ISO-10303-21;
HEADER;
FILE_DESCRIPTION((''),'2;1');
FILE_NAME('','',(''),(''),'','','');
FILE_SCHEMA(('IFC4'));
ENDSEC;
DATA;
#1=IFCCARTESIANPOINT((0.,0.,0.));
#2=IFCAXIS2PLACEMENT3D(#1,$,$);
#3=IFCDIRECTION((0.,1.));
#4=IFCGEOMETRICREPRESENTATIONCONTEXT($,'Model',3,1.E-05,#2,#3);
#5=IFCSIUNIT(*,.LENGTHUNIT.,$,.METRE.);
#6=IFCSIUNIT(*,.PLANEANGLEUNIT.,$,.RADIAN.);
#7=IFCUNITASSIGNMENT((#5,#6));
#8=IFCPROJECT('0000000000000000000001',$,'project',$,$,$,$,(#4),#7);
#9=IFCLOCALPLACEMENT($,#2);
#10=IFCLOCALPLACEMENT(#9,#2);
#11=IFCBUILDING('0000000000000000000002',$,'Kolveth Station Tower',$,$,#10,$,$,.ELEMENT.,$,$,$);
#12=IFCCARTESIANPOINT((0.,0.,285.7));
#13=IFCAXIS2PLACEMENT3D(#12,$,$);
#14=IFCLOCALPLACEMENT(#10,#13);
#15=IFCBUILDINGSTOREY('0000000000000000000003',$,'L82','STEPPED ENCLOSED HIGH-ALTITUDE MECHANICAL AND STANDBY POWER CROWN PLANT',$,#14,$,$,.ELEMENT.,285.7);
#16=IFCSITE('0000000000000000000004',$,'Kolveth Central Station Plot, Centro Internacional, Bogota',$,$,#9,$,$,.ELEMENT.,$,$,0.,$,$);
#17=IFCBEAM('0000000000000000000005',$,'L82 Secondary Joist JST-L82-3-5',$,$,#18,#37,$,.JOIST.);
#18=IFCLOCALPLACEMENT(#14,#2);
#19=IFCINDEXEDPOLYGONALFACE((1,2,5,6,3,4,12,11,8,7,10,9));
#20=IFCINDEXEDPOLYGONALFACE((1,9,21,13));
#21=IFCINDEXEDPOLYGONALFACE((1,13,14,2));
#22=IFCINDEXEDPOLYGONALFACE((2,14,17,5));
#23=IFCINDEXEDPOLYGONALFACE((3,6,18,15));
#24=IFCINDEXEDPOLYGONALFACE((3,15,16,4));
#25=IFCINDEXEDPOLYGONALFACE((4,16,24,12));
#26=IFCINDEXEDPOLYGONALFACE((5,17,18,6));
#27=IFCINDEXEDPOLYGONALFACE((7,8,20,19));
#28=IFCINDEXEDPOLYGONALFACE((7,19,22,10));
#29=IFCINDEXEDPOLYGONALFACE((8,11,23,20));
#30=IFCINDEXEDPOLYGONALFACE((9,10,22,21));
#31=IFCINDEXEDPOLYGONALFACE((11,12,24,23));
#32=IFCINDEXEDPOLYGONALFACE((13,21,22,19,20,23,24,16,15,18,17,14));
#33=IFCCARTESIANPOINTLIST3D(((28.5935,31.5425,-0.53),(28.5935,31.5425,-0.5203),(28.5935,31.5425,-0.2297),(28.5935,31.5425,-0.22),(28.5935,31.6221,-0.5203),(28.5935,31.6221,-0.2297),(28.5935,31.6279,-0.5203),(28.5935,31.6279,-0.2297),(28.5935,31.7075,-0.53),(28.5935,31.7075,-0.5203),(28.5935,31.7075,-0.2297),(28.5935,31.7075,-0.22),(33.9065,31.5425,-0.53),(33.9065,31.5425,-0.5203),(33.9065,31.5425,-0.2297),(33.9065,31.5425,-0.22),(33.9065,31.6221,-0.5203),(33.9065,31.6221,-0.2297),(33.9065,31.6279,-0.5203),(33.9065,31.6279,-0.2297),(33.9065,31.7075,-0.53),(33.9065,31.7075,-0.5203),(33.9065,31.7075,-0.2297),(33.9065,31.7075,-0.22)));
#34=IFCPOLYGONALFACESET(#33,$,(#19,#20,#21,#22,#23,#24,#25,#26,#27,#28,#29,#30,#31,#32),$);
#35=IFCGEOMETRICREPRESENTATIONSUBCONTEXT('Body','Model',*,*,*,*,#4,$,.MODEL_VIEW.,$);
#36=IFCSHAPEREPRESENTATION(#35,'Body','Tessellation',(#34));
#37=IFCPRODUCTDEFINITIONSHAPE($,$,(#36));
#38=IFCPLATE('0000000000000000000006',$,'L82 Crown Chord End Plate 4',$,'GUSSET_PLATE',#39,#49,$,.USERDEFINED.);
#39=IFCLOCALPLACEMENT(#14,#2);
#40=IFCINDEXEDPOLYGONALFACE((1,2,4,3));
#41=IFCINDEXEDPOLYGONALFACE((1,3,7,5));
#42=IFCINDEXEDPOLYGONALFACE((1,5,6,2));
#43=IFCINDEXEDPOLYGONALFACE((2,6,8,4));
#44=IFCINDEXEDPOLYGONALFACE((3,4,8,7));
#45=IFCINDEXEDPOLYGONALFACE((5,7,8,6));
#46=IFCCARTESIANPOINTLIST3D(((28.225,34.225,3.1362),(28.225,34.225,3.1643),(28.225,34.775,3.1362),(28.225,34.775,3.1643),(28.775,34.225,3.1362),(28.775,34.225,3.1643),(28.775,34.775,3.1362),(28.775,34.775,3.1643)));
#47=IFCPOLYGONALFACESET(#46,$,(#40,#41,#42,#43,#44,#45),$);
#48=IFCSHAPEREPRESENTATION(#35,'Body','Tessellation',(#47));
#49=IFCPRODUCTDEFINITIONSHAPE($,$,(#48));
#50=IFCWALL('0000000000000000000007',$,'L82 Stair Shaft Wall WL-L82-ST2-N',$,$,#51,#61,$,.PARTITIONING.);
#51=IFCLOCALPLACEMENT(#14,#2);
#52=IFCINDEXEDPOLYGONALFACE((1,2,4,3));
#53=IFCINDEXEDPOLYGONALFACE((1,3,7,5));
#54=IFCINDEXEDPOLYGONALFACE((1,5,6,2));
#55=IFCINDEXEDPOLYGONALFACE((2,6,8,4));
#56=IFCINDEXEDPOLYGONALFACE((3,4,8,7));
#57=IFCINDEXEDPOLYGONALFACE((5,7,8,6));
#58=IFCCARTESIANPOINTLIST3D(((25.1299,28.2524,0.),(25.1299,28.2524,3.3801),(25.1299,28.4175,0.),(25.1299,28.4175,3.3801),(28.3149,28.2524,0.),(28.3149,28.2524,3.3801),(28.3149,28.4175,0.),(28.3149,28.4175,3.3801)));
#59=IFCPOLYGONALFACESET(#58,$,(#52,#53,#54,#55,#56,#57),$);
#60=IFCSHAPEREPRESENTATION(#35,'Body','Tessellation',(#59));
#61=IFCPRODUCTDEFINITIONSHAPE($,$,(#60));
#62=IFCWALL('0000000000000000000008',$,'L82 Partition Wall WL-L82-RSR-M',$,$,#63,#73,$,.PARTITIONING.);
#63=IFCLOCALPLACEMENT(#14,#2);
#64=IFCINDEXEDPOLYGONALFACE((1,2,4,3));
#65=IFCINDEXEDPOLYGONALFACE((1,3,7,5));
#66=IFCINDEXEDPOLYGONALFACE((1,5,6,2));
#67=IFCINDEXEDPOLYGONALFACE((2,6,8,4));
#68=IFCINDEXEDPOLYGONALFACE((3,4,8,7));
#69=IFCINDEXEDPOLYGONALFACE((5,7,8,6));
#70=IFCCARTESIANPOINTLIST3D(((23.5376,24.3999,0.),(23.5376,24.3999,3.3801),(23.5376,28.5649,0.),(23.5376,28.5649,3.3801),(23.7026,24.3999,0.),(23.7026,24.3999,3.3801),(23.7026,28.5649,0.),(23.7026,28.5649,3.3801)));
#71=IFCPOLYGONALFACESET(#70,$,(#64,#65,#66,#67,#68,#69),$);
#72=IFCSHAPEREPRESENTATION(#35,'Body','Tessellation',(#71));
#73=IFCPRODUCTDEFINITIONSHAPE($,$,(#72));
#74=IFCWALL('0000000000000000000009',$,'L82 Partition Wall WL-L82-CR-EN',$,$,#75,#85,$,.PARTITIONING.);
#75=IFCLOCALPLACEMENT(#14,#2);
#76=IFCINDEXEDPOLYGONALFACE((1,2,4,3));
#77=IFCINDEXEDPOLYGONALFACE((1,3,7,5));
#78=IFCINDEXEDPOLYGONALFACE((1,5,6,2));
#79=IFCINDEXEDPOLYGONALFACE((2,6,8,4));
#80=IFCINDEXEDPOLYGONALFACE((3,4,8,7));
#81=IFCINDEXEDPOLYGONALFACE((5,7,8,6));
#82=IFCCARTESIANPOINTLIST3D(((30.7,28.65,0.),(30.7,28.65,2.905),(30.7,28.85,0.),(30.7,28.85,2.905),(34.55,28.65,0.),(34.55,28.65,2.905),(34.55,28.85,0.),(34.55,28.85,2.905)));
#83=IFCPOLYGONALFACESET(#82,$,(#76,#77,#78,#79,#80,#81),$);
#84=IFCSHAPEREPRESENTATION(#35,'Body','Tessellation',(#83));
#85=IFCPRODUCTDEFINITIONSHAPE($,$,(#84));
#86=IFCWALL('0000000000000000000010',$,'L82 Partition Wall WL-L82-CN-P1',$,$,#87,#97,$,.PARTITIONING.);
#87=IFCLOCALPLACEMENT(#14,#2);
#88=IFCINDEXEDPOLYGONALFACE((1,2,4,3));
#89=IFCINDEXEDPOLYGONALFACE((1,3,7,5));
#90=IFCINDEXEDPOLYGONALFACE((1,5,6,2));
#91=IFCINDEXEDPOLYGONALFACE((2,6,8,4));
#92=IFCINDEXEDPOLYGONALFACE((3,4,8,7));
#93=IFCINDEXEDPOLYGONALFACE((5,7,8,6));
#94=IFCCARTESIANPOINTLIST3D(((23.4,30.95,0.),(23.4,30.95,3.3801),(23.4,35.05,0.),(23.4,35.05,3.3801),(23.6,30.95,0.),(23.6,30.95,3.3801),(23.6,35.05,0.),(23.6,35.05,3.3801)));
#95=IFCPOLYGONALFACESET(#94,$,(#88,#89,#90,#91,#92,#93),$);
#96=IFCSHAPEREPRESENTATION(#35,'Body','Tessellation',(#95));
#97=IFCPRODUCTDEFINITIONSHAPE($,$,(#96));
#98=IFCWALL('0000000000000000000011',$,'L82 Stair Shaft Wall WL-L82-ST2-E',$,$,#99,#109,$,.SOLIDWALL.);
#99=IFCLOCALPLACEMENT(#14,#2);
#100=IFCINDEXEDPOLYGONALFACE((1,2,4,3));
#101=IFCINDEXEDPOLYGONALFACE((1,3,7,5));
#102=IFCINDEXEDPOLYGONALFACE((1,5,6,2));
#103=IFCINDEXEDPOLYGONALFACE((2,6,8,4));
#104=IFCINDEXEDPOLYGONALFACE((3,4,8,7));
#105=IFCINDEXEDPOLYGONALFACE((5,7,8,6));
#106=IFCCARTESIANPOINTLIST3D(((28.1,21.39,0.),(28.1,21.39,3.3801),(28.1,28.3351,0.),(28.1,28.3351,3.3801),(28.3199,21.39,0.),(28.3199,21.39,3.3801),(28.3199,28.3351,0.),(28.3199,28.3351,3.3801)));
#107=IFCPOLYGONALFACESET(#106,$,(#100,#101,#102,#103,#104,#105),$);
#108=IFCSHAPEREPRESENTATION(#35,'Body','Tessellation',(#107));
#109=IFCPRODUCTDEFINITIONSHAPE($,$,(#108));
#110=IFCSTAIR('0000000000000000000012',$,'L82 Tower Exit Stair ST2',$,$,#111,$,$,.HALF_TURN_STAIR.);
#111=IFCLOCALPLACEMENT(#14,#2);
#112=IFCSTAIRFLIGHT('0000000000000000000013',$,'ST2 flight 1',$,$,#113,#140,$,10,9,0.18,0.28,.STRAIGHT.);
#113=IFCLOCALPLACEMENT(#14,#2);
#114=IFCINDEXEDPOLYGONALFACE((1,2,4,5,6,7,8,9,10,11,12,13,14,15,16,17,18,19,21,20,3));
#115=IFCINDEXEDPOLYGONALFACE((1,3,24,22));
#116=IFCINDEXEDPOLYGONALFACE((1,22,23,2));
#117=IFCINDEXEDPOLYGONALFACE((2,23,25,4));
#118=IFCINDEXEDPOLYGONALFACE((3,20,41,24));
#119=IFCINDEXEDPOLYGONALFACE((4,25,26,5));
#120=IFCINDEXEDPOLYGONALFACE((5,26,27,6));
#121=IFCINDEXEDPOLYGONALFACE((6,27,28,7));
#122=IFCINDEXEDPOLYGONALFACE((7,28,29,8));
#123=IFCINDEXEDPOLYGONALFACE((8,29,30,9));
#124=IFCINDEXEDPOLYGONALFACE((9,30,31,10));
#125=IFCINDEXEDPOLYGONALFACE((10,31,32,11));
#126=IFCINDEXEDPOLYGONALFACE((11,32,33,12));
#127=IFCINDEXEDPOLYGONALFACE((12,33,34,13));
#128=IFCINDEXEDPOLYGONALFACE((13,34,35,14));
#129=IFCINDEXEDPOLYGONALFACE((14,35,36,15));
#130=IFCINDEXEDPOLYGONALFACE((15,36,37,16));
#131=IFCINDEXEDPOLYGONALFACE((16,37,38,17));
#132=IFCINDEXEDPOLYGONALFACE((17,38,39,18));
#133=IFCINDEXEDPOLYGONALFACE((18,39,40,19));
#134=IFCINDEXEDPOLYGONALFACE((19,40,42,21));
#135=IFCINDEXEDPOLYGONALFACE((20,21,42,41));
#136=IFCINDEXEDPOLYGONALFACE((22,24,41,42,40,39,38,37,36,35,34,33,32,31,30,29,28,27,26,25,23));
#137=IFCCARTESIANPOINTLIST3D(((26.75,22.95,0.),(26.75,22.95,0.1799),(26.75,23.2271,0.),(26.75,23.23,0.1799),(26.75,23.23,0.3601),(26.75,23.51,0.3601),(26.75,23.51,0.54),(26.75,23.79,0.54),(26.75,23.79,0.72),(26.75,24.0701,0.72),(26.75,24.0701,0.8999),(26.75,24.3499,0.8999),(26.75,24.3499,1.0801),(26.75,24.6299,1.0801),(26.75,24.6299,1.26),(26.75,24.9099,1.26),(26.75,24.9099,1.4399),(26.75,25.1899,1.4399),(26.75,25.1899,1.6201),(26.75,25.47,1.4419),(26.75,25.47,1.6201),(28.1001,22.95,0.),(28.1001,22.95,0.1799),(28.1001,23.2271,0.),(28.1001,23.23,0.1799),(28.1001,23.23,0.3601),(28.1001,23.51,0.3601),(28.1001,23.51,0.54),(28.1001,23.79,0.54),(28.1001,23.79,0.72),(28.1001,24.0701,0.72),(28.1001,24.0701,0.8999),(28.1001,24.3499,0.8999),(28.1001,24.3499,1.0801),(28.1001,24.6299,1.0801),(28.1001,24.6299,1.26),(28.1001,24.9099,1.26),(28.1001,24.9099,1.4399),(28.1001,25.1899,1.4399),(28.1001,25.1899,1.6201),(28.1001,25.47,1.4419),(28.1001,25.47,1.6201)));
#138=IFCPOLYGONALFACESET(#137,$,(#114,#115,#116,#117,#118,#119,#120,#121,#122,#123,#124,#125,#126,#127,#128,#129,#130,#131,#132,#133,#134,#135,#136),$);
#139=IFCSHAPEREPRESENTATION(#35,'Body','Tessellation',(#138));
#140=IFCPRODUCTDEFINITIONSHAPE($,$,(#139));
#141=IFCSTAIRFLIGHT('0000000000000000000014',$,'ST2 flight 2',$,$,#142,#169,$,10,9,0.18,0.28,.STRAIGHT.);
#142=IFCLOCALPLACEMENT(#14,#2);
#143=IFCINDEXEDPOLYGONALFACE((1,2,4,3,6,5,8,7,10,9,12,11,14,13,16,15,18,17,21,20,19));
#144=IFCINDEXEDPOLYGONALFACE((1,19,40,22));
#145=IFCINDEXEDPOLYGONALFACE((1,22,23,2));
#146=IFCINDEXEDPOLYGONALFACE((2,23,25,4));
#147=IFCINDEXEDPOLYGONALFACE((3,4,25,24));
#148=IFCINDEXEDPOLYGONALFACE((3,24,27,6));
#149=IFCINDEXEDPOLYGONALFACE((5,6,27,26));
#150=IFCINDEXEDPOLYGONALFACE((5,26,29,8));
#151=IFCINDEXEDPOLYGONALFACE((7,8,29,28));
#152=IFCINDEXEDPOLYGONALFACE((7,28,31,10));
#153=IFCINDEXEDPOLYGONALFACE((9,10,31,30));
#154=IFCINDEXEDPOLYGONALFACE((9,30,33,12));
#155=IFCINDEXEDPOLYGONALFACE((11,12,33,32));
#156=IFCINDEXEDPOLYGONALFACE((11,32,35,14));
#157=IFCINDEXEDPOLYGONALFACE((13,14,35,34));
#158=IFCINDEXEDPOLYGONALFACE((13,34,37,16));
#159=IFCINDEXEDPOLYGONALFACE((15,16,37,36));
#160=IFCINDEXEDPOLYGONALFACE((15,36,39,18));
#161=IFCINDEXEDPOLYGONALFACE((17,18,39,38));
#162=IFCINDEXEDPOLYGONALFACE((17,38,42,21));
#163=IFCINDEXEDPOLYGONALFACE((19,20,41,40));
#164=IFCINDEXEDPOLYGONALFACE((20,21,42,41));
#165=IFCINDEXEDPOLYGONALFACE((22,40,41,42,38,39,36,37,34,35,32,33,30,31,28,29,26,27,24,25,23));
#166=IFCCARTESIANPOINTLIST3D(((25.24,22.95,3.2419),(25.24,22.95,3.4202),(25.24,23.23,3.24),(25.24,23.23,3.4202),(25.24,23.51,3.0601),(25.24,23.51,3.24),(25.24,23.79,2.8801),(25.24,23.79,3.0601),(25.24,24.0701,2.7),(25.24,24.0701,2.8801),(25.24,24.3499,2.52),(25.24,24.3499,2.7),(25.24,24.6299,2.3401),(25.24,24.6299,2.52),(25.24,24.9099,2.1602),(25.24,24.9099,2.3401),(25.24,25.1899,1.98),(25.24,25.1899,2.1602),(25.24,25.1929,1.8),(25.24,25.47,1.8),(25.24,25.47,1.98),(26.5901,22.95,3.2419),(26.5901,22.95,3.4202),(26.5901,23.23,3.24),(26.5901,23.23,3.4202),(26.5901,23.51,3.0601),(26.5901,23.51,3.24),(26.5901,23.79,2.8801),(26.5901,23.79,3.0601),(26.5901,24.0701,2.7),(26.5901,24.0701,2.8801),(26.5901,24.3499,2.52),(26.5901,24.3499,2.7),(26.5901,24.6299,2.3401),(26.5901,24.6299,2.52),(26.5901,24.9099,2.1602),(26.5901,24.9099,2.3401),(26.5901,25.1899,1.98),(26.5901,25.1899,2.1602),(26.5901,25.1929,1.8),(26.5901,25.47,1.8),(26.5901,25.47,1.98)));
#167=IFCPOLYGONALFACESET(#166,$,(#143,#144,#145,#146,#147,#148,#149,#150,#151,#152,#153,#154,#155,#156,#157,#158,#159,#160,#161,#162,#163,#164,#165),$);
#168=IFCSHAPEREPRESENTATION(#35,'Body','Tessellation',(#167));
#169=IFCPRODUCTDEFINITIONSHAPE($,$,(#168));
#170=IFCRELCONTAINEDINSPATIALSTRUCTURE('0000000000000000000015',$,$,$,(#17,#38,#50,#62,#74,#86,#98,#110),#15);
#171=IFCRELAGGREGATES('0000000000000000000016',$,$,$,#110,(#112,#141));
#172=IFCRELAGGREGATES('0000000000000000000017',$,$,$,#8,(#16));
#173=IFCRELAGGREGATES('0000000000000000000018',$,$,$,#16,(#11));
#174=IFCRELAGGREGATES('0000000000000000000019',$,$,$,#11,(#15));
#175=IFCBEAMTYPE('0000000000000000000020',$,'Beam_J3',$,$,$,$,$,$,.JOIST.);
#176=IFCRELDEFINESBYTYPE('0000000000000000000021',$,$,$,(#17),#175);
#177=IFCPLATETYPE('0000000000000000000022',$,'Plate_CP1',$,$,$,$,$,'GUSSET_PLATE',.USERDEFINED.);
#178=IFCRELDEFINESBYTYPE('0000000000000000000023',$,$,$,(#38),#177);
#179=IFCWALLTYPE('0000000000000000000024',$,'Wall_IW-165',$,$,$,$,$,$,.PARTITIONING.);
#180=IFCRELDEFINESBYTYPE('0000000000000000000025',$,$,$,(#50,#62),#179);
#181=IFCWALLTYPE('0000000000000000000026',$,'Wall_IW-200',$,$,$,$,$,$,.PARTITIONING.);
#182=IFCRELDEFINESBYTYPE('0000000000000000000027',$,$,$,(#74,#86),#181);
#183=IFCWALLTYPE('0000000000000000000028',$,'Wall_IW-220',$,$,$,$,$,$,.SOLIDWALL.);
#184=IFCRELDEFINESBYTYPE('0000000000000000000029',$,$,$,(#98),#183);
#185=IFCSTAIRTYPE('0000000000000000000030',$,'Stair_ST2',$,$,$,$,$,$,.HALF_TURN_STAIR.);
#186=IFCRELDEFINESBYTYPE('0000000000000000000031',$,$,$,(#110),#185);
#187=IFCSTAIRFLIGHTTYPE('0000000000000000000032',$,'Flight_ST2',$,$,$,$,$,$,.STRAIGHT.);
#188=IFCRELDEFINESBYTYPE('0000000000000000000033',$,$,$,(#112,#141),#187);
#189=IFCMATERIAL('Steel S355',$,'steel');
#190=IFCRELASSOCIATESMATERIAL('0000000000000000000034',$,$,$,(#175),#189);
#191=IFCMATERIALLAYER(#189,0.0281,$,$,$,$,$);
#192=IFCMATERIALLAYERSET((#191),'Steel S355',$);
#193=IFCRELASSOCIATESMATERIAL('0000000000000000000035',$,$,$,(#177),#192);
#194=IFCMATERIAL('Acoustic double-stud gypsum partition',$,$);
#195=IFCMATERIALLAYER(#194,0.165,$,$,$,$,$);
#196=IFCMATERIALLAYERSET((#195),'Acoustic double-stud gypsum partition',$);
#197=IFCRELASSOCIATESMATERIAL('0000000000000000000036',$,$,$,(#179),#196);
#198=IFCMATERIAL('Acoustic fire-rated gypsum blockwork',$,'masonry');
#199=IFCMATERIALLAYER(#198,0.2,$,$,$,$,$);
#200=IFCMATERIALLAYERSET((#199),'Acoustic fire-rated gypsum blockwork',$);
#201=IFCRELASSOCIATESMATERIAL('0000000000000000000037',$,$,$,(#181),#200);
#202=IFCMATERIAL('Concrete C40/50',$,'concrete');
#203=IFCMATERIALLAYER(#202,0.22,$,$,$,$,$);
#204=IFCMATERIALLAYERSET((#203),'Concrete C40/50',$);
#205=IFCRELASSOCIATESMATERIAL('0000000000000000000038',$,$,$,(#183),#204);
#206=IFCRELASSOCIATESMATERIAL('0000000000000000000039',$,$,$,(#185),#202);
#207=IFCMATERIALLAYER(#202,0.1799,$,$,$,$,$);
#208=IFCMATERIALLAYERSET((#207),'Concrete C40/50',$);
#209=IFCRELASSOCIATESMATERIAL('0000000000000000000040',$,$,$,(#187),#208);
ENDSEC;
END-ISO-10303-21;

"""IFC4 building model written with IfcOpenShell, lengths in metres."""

from ifc_helpers import new_model, si_unit, direction, frame, frame_2d, origin, origin_2d, place, context, subcontext, project, spatial, polyline, rectangle, i_section, outline, extrude, source, transform, mapped, material, layer, layer_set, material_profile, profile_set, type_object, element, aggregate, save


model = new_model("IFC4")

# Units and contexts
model_context = context("Model", 3, precision=1e-05, world=origin(), true_north=direction((0.0, 1.0)))
body_context = subcontext(model_context, "Body", "Model", "MODEL_VIEW")
ifc_project = project(units=[si_unit("LENGTHUNIT", "METRE"), si_unit("PLANEANGLEUNIT", "RADIAN")], contexts=[model_context])

# Site, building, storey
site_placement = place(None, origin())
site = spatial("IfcSite", under=ifc_project, at=site_placement, Name="Kolveth Central Station Plot, Centro Internacional, Bogota", CompositionType="ELEMENT", RefElevation=0.0)
building_placement = place(site_placement, origin())
building = spatial("IfcBuilding", under=site, at=building_placement, Name="Kolveth Station Tower", CompositionType="ELEMENT")
storey_placement = place(building_placement, frame((0.0, 0.0, 285.7)))
storey = spatial("IfcBuildingStorey", under=building, at=storey_placement, Name="L82", Description="STEPPED ENCLOSED HIGH-ALTITUDE MECHANICAL AND STANDBY POWER CROWN PLANT", CompositionType="ELEMENT", Elevation=285.7)

# Shared definitions
ifc_material_1 = material(Name="Steel S355", Category="steel")

# Beam
ifc_material_profile_1 = material_profile(ifc_material_1, i_section(OverallWidth=0.165, OverallDepth=0.3101, WebThickness=0.0059, FlangeThickness=0.0098, at=origin_2d()), Name="W310x39")
ifc_profile_set_1 = profile_set([ifc_material_profile_1], Name="Steel S355")
beam_type_1 = type_object("IfcBeamType", Name="Beam_J3", PredefinedType="JOIST", material=ifc_profile_set_1)
shared_shape_1 = source(origin(), body_context, "Body", "SweptSolid", [
    extrude(i_section(OverallWidth=0.165, OverallDepth=0.3101, WebThickness=0.0059, FlangeThickness=0.0098, at=origin_2d()), origin(), (0.0, 0.0, 1.0), 5.313),
])
for number, where, z_axis, x_axis, name in (
    (1, (28.5935, 31.625, -0.375), (1.0, 0.0, 0.0), (0.0, 1.0, 0.0), "L82 Secondary Joist JST-L82-3-5"),
):
    element("IfcBeam", number, at=place(storey_placement, frame(where, z_axis=z_axis, x_axis=x_axis)), inside=storey, type_object=beam_type_1, Name=name, PredefinedType="JOIST", context=body_context, shape_type="MappedRepresentation", body=[
        mapped(shared_shape_1, transform((0.0, 0.0, 0.0), x_axis=(1.0, 0.0, 0.0), y_axis=(0.0, 1.0, 0.0), z_axis=(0.0, 0.0, 1.0), scale=1.0)),
    ])

# Plate
ifc_layer_1 = layer(ifc_material_1, 0.0281)
ifc_layer_set_1 = layer_set([ifc_layer_1], Name="Steel S355")
plate_type = type_object("IfcPlateType", Name="Plate_CP1", ElementType="GUSSET_PLATE", PredefinedType="USERDEFINED", material=ifc_layer_set_1)
shared_shape_2 = source(origin(), body_context, "Body", "SweptSolid", [
    extrude(rectangle(XDim=0.55, YDim=0.55, at=origin_2d()), origin(), (0.0, 0.0, 1.0), 0.0281),
])
plate_placement = place(storey_placement, frame((28.5, 34.5, 3.1362), z_axis=(0.0, 0.0, 1.0), x_axis=(1.0, 0.0, 0.0)))
element("IfcPlate", 2, at=plate_placement, inside=storey, type_object=plate_type, Name="L82 Crown Chord End Plate 4", ObjectType="GUSSET_PLATE", PredefinedType="USERDEFINED", context=body_context, shape_type="MappedRepresentation", body=[
    mapped(shared_shape_2, transform((0.0, 0.0, 0.0), x_axis=(1.0, 0.0, 0.0), y_axis=(0.0, 1.0, 0.0), z_axis=(0.0, 0.0, 1.0), scale=1.0)),
])

# Walls
ifc_material_2 = material(Name="Acoustic double-stud gypsum partition")
ifc_layer_2 = layer(ifc_material_2, 0.165)
ifc_layer_set_2 = layer_set([ifc_layer_2], Name="Acoustic double-stud gypsum partition")
wall_type_1 = type_object("IfcWallType", Name="Wall_IW-165", PredefinedType="PARTITIONING", material=ifc_layer_set_2)
wall_1_placement = place(storey_placement, frame((25.1299, 28.335, 0.0), z_axis=(0.0, 0.0, 1.0), x_axis=(1.0, 0.0, 0.0)))
element("IfcWall", 3, at=wall_1_placement, inside=storey, type_object=wall_type_1, Name="L82 Stair Shaft Wall WL-L82-ST2-N", PredefinedType="PARTITIONING", context=body_context, shape_type="SweptSolid", body=[
    extrude(rectangle(XDim=3.1851, YDim=0.165, at=frame_2d((1.5925, 0.0))), origin(), (0.0, 0.0, 1.0), 3.3801),
])
wall_2_placement = place(storey_placement, frame((23.6201, 24.3999, 0.0), z_axis=(0.0, 0.0, 1.0), x_axis=(0.0, 1.0, 0.0)))
element("IfcWall", 4, at=wall_2_placement, inside=storey, type_object=wall_type_1, Name="L82 Partition Wall WL-L82-RSR-M", PredefinedType="PARTITIONING", context=body_context, shape_type="SweptSolid", body=[
    extrude(rectangle(XDim=4.165, YDim=0.165, at=frame_2d((2.0825, 0.0))), origin(), (0.0, 0.0, 1.0), 3.3801),
])
ifc_material_3 = material(Name="Acoustic fire-rated gypsum blockwork", Category="masonry")
ifc_layer_3 = layer(ifc_material_3, 0.2)
ifc_layer_set_3 = layer_set([ifc_layer_3], Name="Acoustic fire-rated gypsum blockwork")
wall_type_2 = type_object("IfcWallType", Name="Wall_IW-200", PredefinedType="PARTITIONING", material=ifc_layer_set_3)
wall_3_placement = place(storey_placement, frame((30.7, 28.75, 0.0), z_axis=(0.0, 0.0, 1.0), x_axis=(1.0, 0.0, 0.0)))
element("IfcWall", 5, at=wall_3_placement, inside=storey, type_object=wall_type_2, Name="L82 Partition Wall WL-L82-CR-EN", PredefinedType="PARTITIONING", context=body_context, shape_type="SweptSolid", body=[
    extrude(rectangle(XDim=3.8501, YDim=0.2, at=frame_2d((1.925, 0.0))), origin(), (0.0, 0.0, 1.0), 2.905),
])
wall_4_placement = place(storey_placement, frame((23.5, 30.95, 0.0), z_axis=(0.0, 0.0, 1.0), x_axis=(0.0, 1.0, 0.0)))
element("IfcWall", 6, at=wall_4_placement, inside=storey, type_object=wall_type_2, Name="L82 Partition Wall WL-L82-CN-P1", PredefinedType="PARTITIONING", context=body_context, shape_type="SweptSolid", body=[
    extrude(rectangle(XDim=4.1001, YDim=0.2, at=frame_2d((2.05, 0.0))), origin(), (0.0, 0.0, 1.0), 3.3801),
])
ifc_material_4 = material(Name="Concrete C40/50", Category="concrete")
ifc_layer_4 = layer(ifc_material_4, 0.22)
ifc_layer_set_4 = layer_set([ifc_layer_4], Name="Concrete C40/50")
wall_type_3 = type_object("IfcWallType", Name="Wall_IW-220", PredefinedType="SOLIDWALL", material=ifc_layer_set_4)
wall_5_placement = place(storey_placement, frame((28.21, 21.3899, 0.0), z_axis=(0.0, 0.0, 1.0), x_axis=(0.0, 1.0, 0.0)))
element("IfcWall", 7, at=wall_5_placement, inside=storey, type_object=wall_type_3, Name="L82 Stair Shaft Wall WL-L82-ST2-E", PredefinedType="SOLIDWALL", context=body_context, shape_type="SweptSolid", body=[
    extrude(rectangle(XDim=6.9451, YDim=0.22, at=frame_2d((3.4727, 0.0))), origin(), (0.0, 0.0, 1.0), 3.3801),
])

# Stair, stair flights
stair_type = type_object("IfcStairType", Name="Stair_ST2", PredefinedType="HALF_TURN_STAIR", material=ifc_material_4)
stair_placement = place(storey_placement, origin())
stair = element("IfcStair", 8, at=stair_placement, inside=storey, type_object=stair_type, Name="L82 Tower Exit Stair ST2", PredefinedType="HALF_TURN_STAIR")
ifc_layer_5 = layer(ifc_material_4, 0.1799)
ifc_layer_set_5 = layer_set([ifc_layer_5], Name="Concrete C40/50")
stair_flight_type = type_object("IfcStairFlightType", Name="Flight_ST2", PredefinedType="STRAIGHT", material=ifc_layer_set_5)
stair_flight_1_placement = place(storey_placement, frame((27.425, 22.95, 0.0), z_axis=(0.0, 0.0, 1.0), x_axis=(0.0, 1.0, 0.0)))
stair_flight_1 = element("IfcStairFlight", 9, at=stair_flight_1_placement, type_object=stair_flight_type, Name="ST2 flight 1", NumberOfRisers=10, NumberOfTreads=9, PredefinedType="STRAIGHT", RiserHeight=0.18, TreadLength=0.28, context=body_context, shape_type="SweptSolid", body=[
    extrude(outline(polyline([(0.0, 0.0), (0.0, 0.1799), (0.28, 0.1799), (0.28, 0.3601), (0.5601, 0.3601), (0.5601, 0.54), (0.8401, 0.54), (0.8401, 0.72), (1.1201, 0.72), (1.1201, 0.8999), (1.3999, 0.8999), (1.3999, 1.0801), (1.6799, 1.0801), (1.6799, 1.26), (1.96, 1.26), (1.96, 1.4399), (2.24, 1.4399), (2.24, 1.6201), (2.52, 1.6201), (2.52, 1.8), (2.52, 1.4419), (0.2771, 0.0), (0.0, 0.0)])), frame((0.0, 0.675, 0.0), z_axis=(0.0, -1.0, 0.0), x_axis=(1.0, 0.0, 0.0)), (0.0, 0.0, 1.0), 1.3501),
])
stair_flight_2_placement = place(storey_placement, frame((25.915, 25.47, 1.8), z_axis=(0.0, 0.0, 1.0), x_axis=(0.0, -1.0, 0.0)))
stair_flight_2 = element("IfcStairFlight", 10, at=stair_flight_2_placement, type_object=stair_flight_type, Name="ST2 flight 2", NumberOfRisers=10, NumberOfTreads=9, PredefinedType="STRAIGHT", RiserHeight=0.18, TreadLength=0.28, context=body_context, shape_type="SweptSolid", body=[
    extrude(outline(polyline([(0.0, 0.0), (0.0, 0.1799), (0.28, 0.1799), (0.28, 0.3601), (0.5601, 0.3601), (0.5601, 0.54), (0.8401, 0.54), (0.8401, 0.72), (1.1201, 0.72), (1.1201, 0.8999), (1.3999, 0.8999), (1.3999, 1.0801), (1.6799, 1.0801), (1.6799, 1.26), (1.96, 1.26), (1.96, 1.4399), (2.24, 1.4399), (2.24, 1.6201), (2.52, 1.6201), (2.52, 1.8), (2.52, 1.4419), (0.2771, 0.0), (0.0, 0.0)])), frame((0.0, 0.675, 0.0), z_axis=(0.0, -1.0, 0.0), x_axis=(1.0, 0.0, 0.0)), (0.0, 0.0, 1.0), 1.3501),
])
aggregate(stair, [stair_flight_1, stair_flight_2])

save(model, "model.ifc")
